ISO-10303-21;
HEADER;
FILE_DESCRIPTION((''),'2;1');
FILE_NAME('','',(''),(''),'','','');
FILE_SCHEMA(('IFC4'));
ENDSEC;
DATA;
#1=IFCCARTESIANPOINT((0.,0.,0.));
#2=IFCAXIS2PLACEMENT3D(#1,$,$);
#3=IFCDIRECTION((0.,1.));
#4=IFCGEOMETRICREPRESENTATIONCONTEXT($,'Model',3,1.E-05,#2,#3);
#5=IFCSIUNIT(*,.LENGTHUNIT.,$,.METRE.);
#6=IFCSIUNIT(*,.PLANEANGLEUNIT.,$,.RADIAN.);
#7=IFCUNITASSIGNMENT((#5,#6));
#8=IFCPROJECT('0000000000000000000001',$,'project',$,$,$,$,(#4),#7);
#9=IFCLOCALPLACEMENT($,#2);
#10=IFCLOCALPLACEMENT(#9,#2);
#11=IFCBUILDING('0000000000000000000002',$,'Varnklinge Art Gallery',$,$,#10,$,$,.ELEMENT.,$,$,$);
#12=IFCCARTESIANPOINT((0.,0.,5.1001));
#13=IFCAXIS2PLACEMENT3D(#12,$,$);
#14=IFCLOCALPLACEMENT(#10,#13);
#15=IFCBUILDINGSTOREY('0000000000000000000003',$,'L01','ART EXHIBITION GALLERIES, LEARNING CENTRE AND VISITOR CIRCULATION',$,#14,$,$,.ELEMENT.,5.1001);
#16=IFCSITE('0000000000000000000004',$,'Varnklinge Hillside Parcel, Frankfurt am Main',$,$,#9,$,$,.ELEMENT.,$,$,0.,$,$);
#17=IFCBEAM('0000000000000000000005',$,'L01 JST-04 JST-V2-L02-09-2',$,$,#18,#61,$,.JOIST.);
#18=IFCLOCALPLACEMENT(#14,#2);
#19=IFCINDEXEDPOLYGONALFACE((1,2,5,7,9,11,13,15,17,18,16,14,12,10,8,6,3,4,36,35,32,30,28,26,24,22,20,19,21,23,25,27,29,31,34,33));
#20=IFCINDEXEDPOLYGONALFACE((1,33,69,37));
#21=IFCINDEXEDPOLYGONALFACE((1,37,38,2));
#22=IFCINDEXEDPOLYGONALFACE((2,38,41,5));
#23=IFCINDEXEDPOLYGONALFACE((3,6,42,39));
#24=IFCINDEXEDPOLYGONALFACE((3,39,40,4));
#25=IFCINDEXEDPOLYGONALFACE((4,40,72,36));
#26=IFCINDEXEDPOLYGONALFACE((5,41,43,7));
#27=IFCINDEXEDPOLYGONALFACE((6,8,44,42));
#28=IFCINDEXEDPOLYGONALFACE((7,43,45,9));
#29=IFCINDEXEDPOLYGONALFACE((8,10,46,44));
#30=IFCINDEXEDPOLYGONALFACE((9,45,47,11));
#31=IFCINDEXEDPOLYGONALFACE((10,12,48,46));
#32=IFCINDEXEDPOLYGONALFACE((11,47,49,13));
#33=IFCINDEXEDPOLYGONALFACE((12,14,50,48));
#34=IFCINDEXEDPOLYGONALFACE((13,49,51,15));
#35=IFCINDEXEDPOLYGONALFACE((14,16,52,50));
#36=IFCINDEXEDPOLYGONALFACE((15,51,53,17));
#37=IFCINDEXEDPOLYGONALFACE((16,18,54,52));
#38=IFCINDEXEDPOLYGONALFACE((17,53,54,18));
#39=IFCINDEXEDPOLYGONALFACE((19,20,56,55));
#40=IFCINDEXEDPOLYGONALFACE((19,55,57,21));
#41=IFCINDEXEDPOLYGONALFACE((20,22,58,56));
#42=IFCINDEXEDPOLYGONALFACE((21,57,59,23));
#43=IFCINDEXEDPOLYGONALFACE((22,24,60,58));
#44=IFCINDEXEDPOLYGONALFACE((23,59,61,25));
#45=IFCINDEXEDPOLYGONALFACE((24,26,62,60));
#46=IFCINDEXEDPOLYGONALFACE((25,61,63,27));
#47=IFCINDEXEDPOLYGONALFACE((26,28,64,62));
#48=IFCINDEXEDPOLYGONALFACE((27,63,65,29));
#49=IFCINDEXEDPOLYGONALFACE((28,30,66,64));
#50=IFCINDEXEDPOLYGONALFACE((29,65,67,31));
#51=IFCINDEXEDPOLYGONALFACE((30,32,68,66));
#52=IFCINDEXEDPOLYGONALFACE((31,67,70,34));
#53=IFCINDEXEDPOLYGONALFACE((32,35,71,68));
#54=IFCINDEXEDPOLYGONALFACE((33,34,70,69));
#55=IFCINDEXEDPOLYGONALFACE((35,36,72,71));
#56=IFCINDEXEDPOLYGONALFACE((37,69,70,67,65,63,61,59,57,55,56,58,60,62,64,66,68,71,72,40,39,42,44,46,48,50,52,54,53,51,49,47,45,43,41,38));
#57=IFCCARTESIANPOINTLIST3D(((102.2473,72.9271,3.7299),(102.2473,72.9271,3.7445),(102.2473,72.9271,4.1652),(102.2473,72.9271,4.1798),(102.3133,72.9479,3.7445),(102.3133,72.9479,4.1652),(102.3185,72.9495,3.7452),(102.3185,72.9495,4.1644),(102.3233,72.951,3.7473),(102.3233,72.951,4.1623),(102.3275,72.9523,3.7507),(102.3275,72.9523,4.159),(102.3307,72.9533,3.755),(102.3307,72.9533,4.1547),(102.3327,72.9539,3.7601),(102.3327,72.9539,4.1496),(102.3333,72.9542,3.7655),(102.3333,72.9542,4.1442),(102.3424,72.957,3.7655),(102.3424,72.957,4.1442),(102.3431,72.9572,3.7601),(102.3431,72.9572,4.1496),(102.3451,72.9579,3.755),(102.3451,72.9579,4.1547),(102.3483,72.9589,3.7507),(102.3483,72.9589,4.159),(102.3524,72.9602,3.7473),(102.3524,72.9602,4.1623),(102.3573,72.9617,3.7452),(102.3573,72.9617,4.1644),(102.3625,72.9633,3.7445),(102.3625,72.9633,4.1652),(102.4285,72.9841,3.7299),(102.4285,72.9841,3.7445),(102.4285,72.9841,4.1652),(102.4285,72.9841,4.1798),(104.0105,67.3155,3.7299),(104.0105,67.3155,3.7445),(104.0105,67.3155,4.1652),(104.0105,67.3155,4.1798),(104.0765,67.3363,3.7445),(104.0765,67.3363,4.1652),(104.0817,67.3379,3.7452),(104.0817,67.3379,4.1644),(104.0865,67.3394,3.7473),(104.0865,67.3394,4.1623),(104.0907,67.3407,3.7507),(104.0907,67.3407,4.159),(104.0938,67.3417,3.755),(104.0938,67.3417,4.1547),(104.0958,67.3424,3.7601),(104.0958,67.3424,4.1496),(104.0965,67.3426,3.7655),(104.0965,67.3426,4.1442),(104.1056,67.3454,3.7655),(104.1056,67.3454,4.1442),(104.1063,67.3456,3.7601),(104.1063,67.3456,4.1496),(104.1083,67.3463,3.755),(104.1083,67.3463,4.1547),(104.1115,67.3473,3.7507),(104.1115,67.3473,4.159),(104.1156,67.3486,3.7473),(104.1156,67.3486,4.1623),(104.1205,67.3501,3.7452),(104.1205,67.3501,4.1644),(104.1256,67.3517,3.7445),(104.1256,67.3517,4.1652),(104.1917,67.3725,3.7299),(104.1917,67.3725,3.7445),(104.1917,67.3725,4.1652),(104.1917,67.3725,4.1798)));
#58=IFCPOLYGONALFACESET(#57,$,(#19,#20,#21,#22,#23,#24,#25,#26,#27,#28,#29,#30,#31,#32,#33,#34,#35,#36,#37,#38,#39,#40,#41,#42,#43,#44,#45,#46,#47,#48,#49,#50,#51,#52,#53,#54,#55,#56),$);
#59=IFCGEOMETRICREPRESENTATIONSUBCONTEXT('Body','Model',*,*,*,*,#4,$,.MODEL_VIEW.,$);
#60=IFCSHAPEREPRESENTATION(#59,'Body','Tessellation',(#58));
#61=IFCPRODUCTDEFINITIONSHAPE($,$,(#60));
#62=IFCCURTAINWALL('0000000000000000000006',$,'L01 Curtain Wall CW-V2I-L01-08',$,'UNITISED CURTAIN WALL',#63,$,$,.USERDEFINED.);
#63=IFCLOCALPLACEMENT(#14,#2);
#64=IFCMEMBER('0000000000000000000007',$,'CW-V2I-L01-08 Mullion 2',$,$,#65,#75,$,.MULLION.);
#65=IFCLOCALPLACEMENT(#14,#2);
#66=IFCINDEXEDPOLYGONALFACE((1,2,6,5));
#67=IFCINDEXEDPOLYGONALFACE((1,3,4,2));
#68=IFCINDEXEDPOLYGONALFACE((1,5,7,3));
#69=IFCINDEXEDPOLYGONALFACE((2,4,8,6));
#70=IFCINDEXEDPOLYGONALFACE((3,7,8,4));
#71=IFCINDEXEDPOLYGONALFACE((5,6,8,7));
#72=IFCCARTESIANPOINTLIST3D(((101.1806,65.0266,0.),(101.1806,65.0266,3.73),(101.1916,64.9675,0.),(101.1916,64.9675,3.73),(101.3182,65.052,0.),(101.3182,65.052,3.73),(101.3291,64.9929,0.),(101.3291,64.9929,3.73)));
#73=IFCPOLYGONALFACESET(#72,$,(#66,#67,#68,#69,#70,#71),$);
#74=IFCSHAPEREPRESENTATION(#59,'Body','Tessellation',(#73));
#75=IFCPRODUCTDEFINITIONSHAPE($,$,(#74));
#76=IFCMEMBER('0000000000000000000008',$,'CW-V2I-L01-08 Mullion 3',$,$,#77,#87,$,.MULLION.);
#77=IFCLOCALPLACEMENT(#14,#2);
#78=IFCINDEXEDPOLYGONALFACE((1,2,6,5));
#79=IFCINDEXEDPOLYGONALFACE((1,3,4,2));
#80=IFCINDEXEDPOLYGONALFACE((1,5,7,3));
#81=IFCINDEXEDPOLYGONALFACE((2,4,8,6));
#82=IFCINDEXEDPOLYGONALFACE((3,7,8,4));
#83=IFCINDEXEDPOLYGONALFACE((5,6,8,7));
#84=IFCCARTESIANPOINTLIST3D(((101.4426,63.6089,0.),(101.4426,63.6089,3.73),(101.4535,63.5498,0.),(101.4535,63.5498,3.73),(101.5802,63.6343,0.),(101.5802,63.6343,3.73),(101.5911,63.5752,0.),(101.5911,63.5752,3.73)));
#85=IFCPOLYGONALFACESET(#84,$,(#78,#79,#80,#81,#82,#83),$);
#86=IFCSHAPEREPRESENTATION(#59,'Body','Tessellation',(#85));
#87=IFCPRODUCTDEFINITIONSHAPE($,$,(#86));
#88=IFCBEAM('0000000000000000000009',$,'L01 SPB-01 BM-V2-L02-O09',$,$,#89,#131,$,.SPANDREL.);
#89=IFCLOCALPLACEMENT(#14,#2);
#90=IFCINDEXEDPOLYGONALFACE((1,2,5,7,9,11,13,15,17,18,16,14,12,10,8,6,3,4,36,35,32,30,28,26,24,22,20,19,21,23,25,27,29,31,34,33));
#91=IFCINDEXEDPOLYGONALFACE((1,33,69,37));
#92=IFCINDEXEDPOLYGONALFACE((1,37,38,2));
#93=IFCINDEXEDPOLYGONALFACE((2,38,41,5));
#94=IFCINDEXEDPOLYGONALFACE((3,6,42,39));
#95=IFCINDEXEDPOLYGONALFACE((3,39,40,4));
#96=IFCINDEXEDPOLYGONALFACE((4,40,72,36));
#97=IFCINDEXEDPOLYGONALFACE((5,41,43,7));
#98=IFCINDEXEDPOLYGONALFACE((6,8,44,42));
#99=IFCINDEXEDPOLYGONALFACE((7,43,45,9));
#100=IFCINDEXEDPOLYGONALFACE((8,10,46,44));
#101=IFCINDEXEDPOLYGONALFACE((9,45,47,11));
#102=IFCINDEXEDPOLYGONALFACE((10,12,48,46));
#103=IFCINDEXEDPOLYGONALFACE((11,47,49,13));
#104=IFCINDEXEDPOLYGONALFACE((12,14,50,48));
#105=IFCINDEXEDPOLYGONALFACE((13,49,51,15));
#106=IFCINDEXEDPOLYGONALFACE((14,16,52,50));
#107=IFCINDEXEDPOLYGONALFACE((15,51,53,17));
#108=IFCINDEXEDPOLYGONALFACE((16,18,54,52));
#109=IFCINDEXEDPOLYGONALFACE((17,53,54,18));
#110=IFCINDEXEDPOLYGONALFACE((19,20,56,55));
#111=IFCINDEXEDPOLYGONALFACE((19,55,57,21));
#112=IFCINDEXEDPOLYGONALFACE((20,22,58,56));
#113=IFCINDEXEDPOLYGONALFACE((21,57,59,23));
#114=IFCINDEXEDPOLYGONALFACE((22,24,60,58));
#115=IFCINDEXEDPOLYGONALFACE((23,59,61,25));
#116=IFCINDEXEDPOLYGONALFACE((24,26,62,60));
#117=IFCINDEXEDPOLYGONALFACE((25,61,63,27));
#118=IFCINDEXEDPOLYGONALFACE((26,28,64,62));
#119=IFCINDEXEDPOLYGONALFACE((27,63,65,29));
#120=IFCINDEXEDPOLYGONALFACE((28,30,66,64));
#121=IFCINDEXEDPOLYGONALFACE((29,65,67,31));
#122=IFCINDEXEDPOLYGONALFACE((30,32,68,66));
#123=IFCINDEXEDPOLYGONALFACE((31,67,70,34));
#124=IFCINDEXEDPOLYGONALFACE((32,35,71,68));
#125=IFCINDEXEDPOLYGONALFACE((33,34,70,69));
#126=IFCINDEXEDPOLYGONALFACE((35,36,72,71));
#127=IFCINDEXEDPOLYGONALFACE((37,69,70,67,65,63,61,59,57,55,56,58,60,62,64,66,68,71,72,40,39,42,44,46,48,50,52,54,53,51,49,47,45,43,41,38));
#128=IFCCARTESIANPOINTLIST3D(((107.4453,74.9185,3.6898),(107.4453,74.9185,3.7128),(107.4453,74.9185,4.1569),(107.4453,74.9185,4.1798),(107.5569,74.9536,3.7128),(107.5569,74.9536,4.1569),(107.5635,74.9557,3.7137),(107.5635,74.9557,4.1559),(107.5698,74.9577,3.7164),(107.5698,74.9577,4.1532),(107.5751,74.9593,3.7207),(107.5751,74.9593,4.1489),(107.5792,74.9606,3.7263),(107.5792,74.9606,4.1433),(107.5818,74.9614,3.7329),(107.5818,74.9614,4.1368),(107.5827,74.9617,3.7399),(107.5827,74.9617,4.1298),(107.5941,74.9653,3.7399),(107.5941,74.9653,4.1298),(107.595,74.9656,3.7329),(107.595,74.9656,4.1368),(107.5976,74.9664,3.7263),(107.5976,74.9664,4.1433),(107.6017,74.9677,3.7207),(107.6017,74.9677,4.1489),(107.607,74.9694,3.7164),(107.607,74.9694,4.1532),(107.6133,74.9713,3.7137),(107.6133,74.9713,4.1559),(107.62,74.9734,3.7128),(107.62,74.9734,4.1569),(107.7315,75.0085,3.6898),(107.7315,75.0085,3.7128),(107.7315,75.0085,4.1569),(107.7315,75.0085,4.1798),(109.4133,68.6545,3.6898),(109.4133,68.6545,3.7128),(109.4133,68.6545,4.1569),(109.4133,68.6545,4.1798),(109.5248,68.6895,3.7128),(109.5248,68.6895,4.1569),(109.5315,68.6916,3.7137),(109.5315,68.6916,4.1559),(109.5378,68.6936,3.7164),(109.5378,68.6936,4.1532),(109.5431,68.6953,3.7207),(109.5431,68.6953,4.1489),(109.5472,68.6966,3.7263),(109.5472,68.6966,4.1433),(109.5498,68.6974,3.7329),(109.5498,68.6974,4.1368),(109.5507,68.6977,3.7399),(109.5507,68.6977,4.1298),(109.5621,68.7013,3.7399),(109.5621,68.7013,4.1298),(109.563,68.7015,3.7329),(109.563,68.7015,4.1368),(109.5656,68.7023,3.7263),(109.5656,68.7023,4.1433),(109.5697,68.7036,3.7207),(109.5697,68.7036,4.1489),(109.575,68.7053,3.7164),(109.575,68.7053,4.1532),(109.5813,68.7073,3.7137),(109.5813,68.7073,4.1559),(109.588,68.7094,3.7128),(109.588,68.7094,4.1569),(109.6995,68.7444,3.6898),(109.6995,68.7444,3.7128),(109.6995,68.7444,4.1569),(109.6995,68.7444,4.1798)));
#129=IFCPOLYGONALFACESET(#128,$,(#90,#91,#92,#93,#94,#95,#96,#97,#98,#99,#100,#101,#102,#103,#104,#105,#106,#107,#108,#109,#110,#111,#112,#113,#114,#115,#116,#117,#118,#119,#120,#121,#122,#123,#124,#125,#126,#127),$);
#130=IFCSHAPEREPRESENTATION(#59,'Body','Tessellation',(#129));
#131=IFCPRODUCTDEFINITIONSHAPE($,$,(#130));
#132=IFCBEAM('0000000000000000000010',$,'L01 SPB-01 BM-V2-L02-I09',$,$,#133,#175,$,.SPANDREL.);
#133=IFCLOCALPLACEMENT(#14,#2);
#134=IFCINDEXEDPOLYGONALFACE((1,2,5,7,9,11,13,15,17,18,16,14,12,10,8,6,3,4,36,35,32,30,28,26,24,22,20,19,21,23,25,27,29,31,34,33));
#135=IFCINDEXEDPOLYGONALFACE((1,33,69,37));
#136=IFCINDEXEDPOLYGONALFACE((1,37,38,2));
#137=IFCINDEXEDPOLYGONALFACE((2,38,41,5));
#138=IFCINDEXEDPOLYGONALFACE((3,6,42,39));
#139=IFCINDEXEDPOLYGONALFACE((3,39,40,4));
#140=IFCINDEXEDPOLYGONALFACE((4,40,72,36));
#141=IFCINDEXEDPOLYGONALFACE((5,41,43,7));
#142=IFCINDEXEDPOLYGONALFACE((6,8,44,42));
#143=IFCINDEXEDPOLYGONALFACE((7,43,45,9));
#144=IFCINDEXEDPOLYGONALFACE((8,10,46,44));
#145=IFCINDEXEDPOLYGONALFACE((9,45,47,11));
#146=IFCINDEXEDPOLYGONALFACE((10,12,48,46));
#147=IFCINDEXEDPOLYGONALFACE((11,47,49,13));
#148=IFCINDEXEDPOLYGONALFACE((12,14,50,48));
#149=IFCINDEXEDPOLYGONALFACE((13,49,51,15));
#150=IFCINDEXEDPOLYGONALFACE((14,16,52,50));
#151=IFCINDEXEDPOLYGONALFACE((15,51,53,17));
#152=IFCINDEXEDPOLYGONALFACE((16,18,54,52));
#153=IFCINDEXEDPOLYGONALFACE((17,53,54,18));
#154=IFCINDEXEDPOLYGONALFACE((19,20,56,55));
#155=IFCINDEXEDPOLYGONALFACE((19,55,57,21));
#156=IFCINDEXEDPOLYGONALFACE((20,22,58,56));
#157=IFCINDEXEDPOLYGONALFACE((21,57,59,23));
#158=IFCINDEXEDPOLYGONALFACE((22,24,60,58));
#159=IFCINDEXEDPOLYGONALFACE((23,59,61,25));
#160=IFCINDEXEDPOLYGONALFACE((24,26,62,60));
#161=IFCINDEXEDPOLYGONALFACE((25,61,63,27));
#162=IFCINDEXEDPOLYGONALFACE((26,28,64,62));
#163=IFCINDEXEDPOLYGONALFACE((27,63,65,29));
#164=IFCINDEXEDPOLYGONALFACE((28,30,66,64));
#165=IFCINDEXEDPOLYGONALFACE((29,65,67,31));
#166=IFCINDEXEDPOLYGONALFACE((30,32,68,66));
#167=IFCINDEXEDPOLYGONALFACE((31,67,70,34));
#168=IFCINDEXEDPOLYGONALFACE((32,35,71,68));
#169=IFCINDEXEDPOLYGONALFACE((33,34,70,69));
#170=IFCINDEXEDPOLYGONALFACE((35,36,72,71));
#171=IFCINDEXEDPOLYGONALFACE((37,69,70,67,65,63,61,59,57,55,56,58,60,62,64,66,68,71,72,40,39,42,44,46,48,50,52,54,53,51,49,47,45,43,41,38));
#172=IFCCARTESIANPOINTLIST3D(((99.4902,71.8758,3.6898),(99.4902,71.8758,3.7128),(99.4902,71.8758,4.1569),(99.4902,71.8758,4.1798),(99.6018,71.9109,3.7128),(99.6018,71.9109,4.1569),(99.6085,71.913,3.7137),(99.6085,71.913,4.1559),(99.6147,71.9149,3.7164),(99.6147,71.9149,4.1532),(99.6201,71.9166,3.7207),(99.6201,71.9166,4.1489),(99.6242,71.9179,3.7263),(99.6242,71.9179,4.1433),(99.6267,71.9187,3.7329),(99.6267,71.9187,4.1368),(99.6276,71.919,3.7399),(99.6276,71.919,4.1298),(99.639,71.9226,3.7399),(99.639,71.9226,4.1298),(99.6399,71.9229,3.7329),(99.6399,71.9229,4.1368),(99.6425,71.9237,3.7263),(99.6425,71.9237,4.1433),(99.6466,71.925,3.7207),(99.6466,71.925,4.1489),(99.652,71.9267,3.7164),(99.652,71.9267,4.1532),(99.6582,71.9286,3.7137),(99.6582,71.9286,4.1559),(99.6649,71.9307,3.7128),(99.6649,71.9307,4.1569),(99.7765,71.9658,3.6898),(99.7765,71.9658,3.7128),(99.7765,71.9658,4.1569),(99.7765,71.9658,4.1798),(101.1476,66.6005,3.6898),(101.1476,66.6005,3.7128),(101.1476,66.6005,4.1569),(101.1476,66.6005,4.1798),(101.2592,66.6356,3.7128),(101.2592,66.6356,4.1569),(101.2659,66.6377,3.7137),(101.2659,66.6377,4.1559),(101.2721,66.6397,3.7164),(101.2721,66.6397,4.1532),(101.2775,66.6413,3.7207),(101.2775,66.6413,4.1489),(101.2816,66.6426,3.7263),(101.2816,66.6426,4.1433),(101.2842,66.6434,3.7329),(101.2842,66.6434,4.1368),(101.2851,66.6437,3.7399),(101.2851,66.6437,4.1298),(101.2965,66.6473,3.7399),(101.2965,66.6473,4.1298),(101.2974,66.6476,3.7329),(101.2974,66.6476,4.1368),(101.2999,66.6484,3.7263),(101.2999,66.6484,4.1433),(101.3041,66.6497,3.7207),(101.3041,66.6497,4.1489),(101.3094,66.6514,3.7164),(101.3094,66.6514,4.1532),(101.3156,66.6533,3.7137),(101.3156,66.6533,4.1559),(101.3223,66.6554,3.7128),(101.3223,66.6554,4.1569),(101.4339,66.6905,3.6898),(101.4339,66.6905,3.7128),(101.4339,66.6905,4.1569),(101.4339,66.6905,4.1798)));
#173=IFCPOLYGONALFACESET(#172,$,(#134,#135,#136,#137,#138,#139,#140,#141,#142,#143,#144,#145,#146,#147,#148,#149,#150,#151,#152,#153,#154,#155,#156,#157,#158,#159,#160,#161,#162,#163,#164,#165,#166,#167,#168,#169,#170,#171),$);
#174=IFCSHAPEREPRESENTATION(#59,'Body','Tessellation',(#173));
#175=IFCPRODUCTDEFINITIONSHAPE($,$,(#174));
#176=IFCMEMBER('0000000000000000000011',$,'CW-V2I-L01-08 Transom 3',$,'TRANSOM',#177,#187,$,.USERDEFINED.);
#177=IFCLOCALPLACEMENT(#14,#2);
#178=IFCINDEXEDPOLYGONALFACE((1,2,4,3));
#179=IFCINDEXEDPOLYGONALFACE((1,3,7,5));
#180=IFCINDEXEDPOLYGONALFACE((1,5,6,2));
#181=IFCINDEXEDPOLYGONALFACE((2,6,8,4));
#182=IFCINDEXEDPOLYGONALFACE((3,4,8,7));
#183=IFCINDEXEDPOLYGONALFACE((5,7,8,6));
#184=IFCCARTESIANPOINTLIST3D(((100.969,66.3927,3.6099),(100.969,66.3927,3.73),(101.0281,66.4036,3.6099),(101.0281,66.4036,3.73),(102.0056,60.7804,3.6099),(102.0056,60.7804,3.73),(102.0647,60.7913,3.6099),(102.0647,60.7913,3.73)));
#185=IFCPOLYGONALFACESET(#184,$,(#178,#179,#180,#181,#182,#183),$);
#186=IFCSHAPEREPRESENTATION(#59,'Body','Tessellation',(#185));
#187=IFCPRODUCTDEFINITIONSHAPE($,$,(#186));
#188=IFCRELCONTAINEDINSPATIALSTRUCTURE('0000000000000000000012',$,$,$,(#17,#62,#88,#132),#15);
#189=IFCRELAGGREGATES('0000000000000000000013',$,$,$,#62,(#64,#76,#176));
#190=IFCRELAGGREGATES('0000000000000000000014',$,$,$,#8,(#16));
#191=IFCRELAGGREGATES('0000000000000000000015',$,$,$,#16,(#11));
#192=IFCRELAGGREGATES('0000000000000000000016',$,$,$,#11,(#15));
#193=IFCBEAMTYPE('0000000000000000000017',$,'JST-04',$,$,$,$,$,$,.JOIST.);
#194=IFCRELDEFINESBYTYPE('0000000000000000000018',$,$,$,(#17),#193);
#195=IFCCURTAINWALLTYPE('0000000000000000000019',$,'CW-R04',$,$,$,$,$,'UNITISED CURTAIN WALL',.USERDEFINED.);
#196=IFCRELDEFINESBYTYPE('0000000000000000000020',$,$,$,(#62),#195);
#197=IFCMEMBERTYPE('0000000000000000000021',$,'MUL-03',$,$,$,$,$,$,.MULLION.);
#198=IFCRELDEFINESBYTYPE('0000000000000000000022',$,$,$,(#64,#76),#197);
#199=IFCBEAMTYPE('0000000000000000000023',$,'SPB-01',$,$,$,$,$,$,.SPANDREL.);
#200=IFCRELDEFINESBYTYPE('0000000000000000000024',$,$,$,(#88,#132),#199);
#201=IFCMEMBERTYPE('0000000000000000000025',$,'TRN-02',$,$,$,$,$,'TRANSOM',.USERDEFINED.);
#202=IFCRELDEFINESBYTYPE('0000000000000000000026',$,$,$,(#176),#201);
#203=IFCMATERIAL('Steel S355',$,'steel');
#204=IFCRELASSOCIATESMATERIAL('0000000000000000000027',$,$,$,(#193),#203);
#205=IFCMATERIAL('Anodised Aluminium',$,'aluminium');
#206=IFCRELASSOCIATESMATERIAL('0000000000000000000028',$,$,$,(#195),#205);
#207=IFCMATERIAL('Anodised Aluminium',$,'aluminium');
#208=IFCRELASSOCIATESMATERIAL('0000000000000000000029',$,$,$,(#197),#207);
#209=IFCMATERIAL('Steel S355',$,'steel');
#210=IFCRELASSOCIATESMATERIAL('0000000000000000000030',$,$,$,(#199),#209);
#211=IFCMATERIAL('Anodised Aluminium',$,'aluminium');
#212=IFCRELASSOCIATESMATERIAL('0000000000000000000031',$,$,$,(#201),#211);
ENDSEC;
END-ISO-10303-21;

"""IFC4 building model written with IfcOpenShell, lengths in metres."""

from ifc_helpers import new_model, si_unit, direction, frame, origin, origin_2d, place, context, subcontext, project, spatial, rectangle, i_section, extrude, material, material_profile, profile_set, type_object, element, aggregate, save


model = new_model("IFC4")

# Units and contexts
model_context = context("Model", 3, precision=1e-05, world=origin(), true_north=direction((0.0, 1.0)))
body_context = subcontext(model_context, "Body", "Model", "MODEL_VIEW")
ifc_project = project(units=[si_unit("LENGTHUNIT", "METRE"), si_unit("PLANEANGLEUNIT", "RADIAN")], contexts=[model_context])

# Site, building, storey
site_placement = place(None, origin())
site = spatial("IfcSite", under=ifc_project, at=site_placement, Name="Varnklinge Hillside Parcel, Frankfurt am Main", CompositionType="ELEMENT", RefElevation=0.0)
building_placement = place(site_placement, origin())
building = spatial("IfcBuilding", under=site, at=building_placement, Name="Varnklinge Art Gallery", CompositionType="ELEMENT")
storey_placement = place(building_placement, frame((0.0, 0.0, 5.1001)))
storey = spatial("IfcBuildingStorey", under=building, at=storey_placement, Name="L01", Description="ART EXHIBITION GALLERIES, LEARNING CENTRE AND VISITOR CIRCULATION", CompositionType="ELEMENT", Elevation=5.1001)

# Beam
ifc_material_1 = material(Name="Steel S355", Category="steel")
ifc_material_profile_1 = material_profile(ifc_material_1, i_section(OverallWidth=0.1899, OverallDepth=0.45, WebThickness=0.0095, FlangeThickness=0.0146, FilletRadius=0.021, at=origin_2d()), Name="IPE 450")
ifc_profile_set_1 = profile_set([ifc_material_profile_1], Name="Steel S355")
beam_type_1 = type_object("IfcBeamType", Name="JST-04", PredefinedType="JOIST", material=ifc_profile_set_1)
beam_1_placement = place(storey_placement, frame((104.1011, 67.344, 3.9548), z_axis=(-0.299756, 0.954016, 0.0), x_axis=(-0.954016, -0.299756, 0.0)))
element("IfcBeam", 1, at=beam_1_placement, inside=storey, type_object=beam_type_1, Name="L01 JST-04 JST-V2-L02-09-2", PredefinedType="JOIST", context=body_context, shape_type="SweptSolid", body=[
    extrude(i_section(OverallWidth=0.1899, OverallDepth=0.45, WebThickness=0.0095, FlangeThickness=0.0146, FilletRadius=0.021, at=origin_2d()), origin(), (0.0, 0.0, 1.0), 5.8821),
])

# Curtain wall, members
ifc_material_2 = material(Name="Anodised Aluminium", Category="aluminium")
curtain_wall_type = type_object("IfcCurtainWallType", Name="CW-R04", ElementType="UNITISED CURTAIN WALL", PredefinedType="USERDEFINED", material=ifc_material_2)
curtain_wall_placement = place(storey_placement, origin())
curtain_wall = element("IfcCurtainWall", 2, at=curtain_wall_placement, inside=storey, type_object=curtain_wall_type, Name="L01 Curtain Wall CW-V2I-L01-08", ObjectType="UNITISED CURTAIN WALL", PredefinedType="USERDEFINED")
ifc_material_3 = material(Name="Anodised Aluminium", Category="aluminium")
ifc_material_profile_2 = material_profile(ifc_material_3, rectangle(XDim=0.0601, YDim=0.1399, at=origin_2d()), Name="ALU 60x140")
ifc_profile_set_2 = profile_set([ifc_material_profile_2], Name="Anodised Aluminium")
member_type_1 = type_object("IfcMemberType", Name="MUL-03", PredefinedType="MULLION", material=ifc_profile_set_2)
member_1_placement = place(storey_placement, frame((101.2549, 65.0098, 0.0), z_axis=(0.0, 0.0, 1.0), x_axis=(0.181549, -0.983382, 0.0)))
member_1 = element("IfcMember", 3, at=member_1_placement, type_object=member_type_1, Name="CW-V2I-L01-08 Mullion 2", PredefinedType="MULLION", context=body_context, shape_type="SweptSolid", body=[
    extrude(rectangle(XDim=0.0601, YDim=0.1399, at=origin_2d()), origin(), (0.0, 0.0, 1.0), 3.73),
])
member_2_placement = place(storey_placement, frame((101.5168, 63.592, 0.0), z_axis=(0.0, 0.0, 1.0), x_axis=(0.181549, -0.983382, 0.0)))
member_2 = element("IfcMember", 4, at=member_2_placement, type_object=member_type_1, Name="CW-V2I-L01-08 Mullion 3", PredefinedType="MULLION", context=body_context, shape_type="SweptSolid", body=[
    extrude(rectangle(XDim=0.0601, YDim=0.1399, at=origin_2d()), origin(), (0.0, 0.0, 1.0), 3.73),
])

# Beams
ifc_material_4 = material(Name="Steel S355", Category="steel")
ifc_material_profile_3 = material_profile(ifc_material_4, i_section(OverallWidth=0.3, OverallDepth=0.49, WebThickness=0.012, FlangeThickness=0.0229, FilletRadius=0.0271, at=origin_2d()), Name="HEA 500")
ifc_profile_set_3 = profile_set([ifc_material_profile_3], Name="Steel S355")
beam_type_2 = type_object("IfcBeamType", Name="SPB-01", PredefinedType="SPANDREL", material=ifc_profile_set_3)
beam_2_placement = place(storey_placement, frame((109.5564, 68.6995, 3.9348), z_axis=(-0.299727, 0.954025, 0.0), x_axis=(-0.954025, -0.299727, 0.0)))
element("IfcBeam", 5, at=beam_2_placement, inside=storey, type_object=beam_type_2, Name="L01 SPB-01 BM-V2-L02-O09", PredefinedType="SPANDREL", context=body_context, shape_type="SweptSolid", body=[
    extrude(i_section(OverallWidth=0.3, OverallDepth=0.49, WebThickness=0.012, FlangeThickness=0.0229, FilletRadius=0.0271, at=origin_2d()), origin(), (0.0, 0.0, 1.0), 6.5659),
])
beam_3_placement = place(storey_placement, frame((101.2908, 66.6455, 3.9348), z_axis=(-0.299743, 0.95402, 0.0), x_axis=(-0.95402, -0.299743, 0.0)))
element("IfcBeam", 6, at=beam_3_placement, inside=storey, type_object=beam_type_2, Name="L01 SPB-01 BM-V2-L02-I09", PredefinedType="SPANDREL", context=body_context, shape_type="SweptSolid", body=[
    extrude(i_section(OverallWidth=0.3, OverallDepth=0.49, WebThickness=0.012, FlangeThickness=0.0229, FilletRadius=0.0271, at=origin_2d()), origin(), (0.0, 0.0, 1.0), 5.5295),
])

# Member
ifc_material_5 = material(Name="Anodised Aluminium", Category="aluminium")
ifc_material_profile_4 = material_profile(ifc_material_5, rectangle(XDim=0.0601, YDim=0.1201, at=origin_2d()), Name="ALU 60x120")
ifc_profile_set_4 = profile_set([ifc_material_profile_4], Name="Anodised Aluminium")
member_type_2 = type_object("IfcMemberType", Name="TRN-02", ElementType="TRANSOM", PredefinedType="USERDEFINED", material=ifc_profile_set_4)
member_3_placement = place(storey_placement, frame((100.9985, 66.3982, 3.6699), z_axis=(0.181633, -0.983366, 0.0), x_axis=(0.983366, 0.181633, 0.0)))
member_3 = element("IfcMember", 7, at=member_3_placement, type_object=member_type_2, Name="CW-V2I-L01-08 Transom 3", ObjectType="TRANSOM", PredefinedType="USERDEFINED", context=body_context, shape_type="SweptSolid", body=[
    extrude(rectangle(XDim=0.0601, YDim=0.1201, at=origin_2d()), origin(), (0.0, 0.0, 1.0), 5.7073),
])

aggregate(curtain_wall, [member_1, member_2, member_3])

save(model, "model.ifc")
